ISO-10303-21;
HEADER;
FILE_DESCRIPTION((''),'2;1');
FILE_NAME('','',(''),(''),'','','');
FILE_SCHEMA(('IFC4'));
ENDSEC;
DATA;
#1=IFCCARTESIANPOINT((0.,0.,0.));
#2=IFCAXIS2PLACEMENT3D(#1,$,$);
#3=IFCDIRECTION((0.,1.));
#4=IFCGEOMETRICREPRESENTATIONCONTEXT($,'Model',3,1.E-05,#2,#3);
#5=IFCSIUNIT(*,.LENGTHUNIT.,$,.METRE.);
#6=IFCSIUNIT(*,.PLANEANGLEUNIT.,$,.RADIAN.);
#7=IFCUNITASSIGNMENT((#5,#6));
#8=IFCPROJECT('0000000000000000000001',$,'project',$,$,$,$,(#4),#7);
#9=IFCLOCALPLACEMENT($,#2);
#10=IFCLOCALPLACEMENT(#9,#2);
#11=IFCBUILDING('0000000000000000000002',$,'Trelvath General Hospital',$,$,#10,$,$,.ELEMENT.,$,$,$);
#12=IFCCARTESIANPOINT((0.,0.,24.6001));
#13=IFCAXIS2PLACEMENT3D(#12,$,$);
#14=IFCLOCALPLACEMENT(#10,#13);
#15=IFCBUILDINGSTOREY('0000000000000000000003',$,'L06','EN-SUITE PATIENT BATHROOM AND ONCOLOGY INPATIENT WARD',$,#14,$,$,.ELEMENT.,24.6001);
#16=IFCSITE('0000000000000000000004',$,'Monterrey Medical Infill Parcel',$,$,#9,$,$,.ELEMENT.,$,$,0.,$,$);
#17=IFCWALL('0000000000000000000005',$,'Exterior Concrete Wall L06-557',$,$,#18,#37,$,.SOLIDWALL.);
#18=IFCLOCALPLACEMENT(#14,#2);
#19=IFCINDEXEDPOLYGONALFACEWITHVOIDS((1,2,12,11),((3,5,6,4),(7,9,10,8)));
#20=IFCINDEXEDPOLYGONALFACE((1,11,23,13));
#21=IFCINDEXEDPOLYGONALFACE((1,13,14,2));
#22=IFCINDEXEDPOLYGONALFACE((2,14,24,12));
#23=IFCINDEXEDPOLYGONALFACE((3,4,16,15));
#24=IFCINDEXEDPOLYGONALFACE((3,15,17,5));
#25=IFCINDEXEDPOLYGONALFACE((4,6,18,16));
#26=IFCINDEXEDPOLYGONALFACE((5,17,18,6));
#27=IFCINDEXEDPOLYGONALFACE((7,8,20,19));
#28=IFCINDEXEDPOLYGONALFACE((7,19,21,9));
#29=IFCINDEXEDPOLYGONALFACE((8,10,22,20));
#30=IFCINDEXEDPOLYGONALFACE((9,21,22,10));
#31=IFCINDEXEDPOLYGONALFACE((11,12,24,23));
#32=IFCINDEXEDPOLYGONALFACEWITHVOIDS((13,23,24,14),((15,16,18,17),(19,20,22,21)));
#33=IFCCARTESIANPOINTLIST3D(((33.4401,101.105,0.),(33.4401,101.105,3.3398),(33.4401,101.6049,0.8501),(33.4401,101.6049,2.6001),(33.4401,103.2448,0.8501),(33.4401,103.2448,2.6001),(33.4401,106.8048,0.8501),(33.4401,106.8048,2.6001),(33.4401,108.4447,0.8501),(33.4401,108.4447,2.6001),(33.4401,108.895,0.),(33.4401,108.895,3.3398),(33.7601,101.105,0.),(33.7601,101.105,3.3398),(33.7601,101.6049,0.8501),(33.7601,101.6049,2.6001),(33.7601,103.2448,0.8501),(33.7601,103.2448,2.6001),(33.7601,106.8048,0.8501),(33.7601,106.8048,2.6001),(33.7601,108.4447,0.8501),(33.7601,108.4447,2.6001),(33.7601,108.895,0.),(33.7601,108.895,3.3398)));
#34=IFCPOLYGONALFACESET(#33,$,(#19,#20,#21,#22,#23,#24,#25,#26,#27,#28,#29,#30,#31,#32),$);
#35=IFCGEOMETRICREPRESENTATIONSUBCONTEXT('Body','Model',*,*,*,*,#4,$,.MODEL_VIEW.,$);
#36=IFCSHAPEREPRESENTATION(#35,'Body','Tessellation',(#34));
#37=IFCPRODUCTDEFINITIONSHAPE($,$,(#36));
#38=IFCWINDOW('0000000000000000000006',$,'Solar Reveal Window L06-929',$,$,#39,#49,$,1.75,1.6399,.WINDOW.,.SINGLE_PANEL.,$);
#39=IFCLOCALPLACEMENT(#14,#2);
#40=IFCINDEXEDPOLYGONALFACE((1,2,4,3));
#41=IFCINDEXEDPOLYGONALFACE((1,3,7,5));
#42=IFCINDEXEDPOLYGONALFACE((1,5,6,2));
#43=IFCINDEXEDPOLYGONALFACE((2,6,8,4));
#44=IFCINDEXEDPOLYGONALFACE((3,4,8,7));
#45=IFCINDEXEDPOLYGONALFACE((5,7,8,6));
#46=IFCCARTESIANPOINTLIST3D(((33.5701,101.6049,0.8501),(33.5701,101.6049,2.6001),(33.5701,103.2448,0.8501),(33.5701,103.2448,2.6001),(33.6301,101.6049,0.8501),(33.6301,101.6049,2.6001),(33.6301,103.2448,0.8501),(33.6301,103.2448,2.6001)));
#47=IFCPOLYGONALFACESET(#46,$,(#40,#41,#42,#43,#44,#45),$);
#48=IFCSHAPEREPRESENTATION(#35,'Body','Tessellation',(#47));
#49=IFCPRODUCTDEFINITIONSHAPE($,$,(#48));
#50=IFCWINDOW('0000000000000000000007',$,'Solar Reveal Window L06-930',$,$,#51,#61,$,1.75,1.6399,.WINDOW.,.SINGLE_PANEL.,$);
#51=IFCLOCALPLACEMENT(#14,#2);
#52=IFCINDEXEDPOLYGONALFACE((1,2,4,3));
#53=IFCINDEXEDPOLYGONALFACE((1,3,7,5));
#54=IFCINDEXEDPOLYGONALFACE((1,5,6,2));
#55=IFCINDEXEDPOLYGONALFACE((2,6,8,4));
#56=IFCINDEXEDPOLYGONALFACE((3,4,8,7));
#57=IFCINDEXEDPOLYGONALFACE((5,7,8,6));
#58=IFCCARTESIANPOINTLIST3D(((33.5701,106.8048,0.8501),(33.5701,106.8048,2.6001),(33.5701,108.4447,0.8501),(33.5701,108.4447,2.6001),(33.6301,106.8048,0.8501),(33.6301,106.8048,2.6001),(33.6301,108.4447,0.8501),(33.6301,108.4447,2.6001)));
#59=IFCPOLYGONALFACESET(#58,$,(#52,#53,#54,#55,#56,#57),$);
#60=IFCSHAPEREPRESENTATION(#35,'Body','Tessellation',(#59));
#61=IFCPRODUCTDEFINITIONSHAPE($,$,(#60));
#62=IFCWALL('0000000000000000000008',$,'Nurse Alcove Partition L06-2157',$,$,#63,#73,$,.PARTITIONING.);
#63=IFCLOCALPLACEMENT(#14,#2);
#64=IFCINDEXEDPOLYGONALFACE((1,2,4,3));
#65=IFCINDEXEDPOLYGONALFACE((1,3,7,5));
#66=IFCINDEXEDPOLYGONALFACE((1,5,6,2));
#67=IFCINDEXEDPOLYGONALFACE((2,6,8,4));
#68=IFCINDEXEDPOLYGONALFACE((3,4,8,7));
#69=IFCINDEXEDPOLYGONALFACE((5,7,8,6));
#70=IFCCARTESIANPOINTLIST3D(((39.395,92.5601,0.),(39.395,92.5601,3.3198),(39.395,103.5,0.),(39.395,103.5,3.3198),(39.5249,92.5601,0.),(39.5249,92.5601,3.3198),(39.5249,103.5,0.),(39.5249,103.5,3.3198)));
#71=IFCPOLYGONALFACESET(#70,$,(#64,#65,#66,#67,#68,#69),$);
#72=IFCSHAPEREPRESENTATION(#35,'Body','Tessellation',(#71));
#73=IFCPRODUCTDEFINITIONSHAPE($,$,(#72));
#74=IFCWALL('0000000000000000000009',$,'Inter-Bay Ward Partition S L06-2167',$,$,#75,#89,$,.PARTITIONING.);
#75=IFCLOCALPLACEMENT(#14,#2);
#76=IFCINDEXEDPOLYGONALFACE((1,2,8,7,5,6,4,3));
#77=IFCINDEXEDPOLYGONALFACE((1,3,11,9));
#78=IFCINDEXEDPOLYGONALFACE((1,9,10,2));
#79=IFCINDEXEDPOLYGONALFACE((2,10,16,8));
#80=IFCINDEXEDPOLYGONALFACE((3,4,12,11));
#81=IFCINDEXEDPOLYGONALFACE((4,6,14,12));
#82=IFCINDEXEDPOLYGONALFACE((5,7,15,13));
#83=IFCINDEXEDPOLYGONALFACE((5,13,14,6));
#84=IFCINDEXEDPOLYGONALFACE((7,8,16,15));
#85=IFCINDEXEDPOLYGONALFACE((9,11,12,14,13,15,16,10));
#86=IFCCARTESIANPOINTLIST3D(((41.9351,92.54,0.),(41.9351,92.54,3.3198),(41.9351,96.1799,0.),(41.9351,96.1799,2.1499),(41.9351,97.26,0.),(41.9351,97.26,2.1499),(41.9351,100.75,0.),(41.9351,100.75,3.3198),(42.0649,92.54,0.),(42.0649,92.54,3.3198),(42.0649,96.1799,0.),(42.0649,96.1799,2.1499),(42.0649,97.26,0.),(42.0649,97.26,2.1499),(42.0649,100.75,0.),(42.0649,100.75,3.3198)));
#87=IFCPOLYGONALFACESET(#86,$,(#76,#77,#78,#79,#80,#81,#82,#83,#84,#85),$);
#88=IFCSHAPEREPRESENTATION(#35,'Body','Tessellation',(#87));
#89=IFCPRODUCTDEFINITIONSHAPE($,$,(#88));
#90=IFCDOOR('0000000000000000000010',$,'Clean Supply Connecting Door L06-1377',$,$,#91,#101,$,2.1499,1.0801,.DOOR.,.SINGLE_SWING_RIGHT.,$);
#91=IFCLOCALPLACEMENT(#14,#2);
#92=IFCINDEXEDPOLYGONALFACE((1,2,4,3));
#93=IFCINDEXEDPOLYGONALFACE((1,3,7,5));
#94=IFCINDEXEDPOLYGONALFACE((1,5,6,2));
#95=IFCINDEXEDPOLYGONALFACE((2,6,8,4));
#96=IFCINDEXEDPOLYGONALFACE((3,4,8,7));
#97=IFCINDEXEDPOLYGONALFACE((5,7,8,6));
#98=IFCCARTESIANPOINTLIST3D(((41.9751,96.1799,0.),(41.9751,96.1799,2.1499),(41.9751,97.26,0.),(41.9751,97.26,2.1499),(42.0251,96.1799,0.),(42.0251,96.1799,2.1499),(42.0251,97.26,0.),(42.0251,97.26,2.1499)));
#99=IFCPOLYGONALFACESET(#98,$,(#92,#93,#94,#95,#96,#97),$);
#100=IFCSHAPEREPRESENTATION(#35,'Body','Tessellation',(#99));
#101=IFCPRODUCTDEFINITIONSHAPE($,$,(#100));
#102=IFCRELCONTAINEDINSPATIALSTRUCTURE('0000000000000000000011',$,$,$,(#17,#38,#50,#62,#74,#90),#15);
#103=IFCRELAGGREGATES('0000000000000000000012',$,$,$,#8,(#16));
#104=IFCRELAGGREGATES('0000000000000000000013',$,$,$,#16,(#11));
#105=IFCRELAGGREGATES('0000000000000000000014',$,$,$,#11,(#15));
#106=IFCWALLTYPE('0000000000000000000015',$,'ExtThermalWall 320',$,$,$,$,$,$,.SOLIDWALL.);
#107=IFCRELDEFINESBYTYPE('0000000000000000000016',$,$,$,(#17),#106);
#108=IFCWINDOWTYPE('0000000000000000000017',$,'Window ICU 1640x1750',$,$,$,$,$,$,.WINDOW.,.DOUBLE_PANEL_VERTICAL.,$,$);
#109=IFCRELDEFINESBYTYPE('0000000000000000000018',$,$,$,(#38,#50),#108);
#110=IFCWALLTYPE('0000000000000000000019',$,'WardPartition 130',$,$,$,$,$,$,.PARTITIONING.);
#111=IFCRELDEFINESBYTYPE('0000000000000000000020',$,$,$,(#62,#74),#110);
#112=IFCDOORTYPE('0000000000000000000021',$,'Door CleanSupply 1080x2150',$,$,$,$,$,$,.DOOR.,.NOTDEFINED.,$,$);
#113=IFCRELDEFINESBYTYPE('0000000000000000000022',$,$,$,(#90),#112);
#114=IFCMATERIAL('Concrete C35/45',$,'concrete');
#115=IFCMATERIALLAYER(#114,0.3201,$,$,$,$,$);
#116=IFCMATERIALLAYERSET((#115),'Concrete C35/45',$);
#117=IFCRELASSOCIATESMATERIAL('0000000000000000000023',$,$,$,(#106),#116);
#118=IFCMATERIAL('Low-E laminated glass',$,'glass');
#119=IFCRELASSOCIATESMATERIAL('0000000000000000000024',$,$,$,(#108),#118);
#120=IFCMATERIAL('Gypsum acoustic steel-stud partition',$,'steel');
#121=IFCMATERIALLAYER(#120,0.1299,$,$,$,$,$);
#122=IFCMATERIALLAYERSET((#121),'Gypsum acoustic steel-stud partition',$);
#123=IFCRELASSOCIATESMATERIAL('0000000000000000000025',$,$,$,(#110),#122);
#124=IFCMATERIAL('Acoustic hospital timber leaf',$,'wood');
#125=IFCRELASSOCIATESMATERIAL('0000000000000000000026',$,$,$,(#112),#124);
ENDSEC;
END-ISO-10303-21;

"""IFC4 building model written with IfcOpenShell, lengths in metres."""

from ifc_helpers import new_model, si_unit, direction, frame, frame_2d, origin, place, context, subcontext, project, spatial, rectangle, extrude, material, layer, layer_set, type_object, element, fill, save


model = new_model("IFC4")

# Units and contexts
model_context = context("Model", 3, precision=1e-05, world=origin(), true_north=direction((0.0, 1.0)))
body_context = subcontext(model_context, "Body", "Model", "MODEL_VIEW")
ifc_project = project(units=[si_unit("LENGTHUNIT", "METRE"), si_unit("PLANEANGLEUNIT", "RADIAN")], contexts=[model_context])

# Site, building, storey
site_placement = place(None, origin())
site = spatial("IfcSite", under=ifc_project, at=site_placement, Name="Monterrey Medical Infill Parcel", CompositionType="ELEMENT", RefElevation=0.0)
building_placement = place(site_placement, origin())
building = spatial("IfcBuilding", under=site, at=building_placement, Name="Trelvath General Hospital", CompositionType="ELEMENT")
storey_placement = place(building_placement, frame((0.0, 0.0, 24.6001)))
storey = spatial("IfcBuildingStorey", under=building, at=storey_placement, Name="L06", Description="EN-SUITE PATIENT BATHROOM AND ONCOLOGY INPATIENT WARD", CompositionType="ELEMENT", Elevation=24.6001)

# Wall, openings, windows
ifc_material_1 = material(Name="Concrete C35/45", Category="concrete")
ifc_layer_1 = layer(ifc_material_1, 0.3201)
ifc_layer_set_1 = layer_set([ifc_layer_1], Name="Concrete C35/45")
wall_type_1 = type_object("IfcWallType", Name="ExtThermalWall 320", PredefinedType="SOLIDWALL", material=ifc_layer_set_1)
wall_1_placement = place(storey_placement, frame((33.6001, 101.105, 0.0), z_axis=(0.0, 0.0, 1.0), x_axis=(0.0, 1.0, 0.0)))
wall_1 = element("IfcWall", 1, at=wall_1_placement, inside=storey, type_object=wall_type_1, Name="Exterior Concrete Wall L06-557", PredefinedType="SOLIDWALL", context=body_context, shape_type="SweptSolid", body=[
    extrude(rectangle(XDim=7.79, YDim=0.3201, at=frame_2d((3.895, 0.0))), origin(), (0.0, 0.0, 1.0), 3.3398),
])
opening_1_placement = place(wall_1_placement, frame((0.5, 0.0, 0.8501)))
opening_1 = element("IfcOpeningElement", 2, at=opening_1_placement, cuts=wall_1, PredefinedType="OPENING", context=body_context, shape_type="SweptSolid", body=[
    extrude(rectangle(XDim=1.6399, YDim=1.75, at=frame_2d((0.8198, 0.875))), frame((0.0, 0.1699, 0.0), z_axis=(0.0, -1.0, 0.0), x_axis=(1.0, 0.0, 0.0)), (0.0, 0.0, 1.0), 0.3401),
])
opening_2_placement = place(wall_1_placement, frame((5.7, 0.0, 0.8501)))
opening_2 = element("IfcOpeningElement", 3, at=opening_2_placement, cuts=wall_1, PredefinedType="OPENING", context=body_context, shape_type="SweptSolid", body=[
    extrude(rectangle(XDim=1.6399, YDim=1.75, at=frame_2d((0.8198, 0.875))), frame((0.0, 0.1699, 0.0), z_axis=(0.0, -1.0, 0.0), x_axis=(1.0, 0.0, 0.0)), (0.0, 0.0, 1.0), 0.3401),
])
ifc_material_2 = material(Name="Low-E laminated glass", Category="glass")
window_type_1 = type_object("IfcWindowType", Name="Window ICU 1640x1750", PartitioningType="DOUBLE_PANEL_VERTICAL", PredefinedType="WINDOW", material=ifc_material_2)
window_1_placement = place(opening_1_placement, origin())
window_1 = element("IfcWindow", 4, at=window_1_placement, inside=storey, type_object=window_type_1, Name="Solar Reveal Window L06-929", OverallHeight=1.75, OverallWidth=1.6399, PartitioningType="SINGLE_PANEL", PredefinedType="WINDOW", context=body_context, shape_type="SweptSolid", body=[
    extrude(rectangle(XDim=1.6399, YDim=1.75, at=frame_2d((0.8198, 0.875))), frame((0.0, 0.03, 0.0), z_axis=(0.0, -1.0, 0.0), x_axis=(1.0, 0.0, 0.0)), (0.0, 0.0, 1.0), 0.0601),
])
fill(opening_1, window_1)
window_2_placement = place(opening_2_placement, origin())
window_2 = element("IfcWindow", 5, at=window_2_placement, inside=storey, type_object=window_type_1, Name="Solar Reveal Window L06-930", OverallHeight=1.75, OverallWidth=1.6399, PartitioningType="SINGLE_PANEL", PredefinedType="WINDOW", context=body_context, shape_type="SweptSolid", body=[
    extrude(rectangle(XDim=1.6399, YDim=1.75, at=frame_2d((0.8198, 0.875))), frame((0.0, 0.03, 0.0), z_axis=(0.0, -1.0, 0.0), x_axis=(1.0, 0.0, 0.0)), (0.0, 0.0, 1.0), 0.0601),
])
fill(opening_2, window_2)

# Wall
ifc_material_3 = material(Name="Gypsum acoustic steel-stud partition", Category="steel")
ifc_layer_2 = layer(ifc_material_3, 0.1299)
ifc_layer_set_2 = layer_set([ifc_layer_2], Name="Gypsum acoustic steel-stud partition")
wall_type_2 = type_object("IfcWallType", Name="WardPartition 130", PredefinedType="PARTITIONING", material=ifc_layer_set_2)
wall_2_placement = place(storey_placement, frame((39.46, 92.5601, 0.0), z_axis=(0.0, 0.0, 1.0), x_axis=(0.0, 1.0, 0.0)))
element("IfcWall", 6, at=wall_2_placement, inside=storey, type_object=wall_type_2, Name="Nurse Alcove Partition L06-2157", PredefinedType="PARTITIONING", context=body_context, shape_type="SweptSolid", body=[
    extrude(rectangle(XDim=10.9399, YDim=0.1299, at=frame_2d((5.47, 0.0))), origin(), (0.0, 0.0, 1.0), 3.3198),
])

# Wall, opening, door
wall_3_placement = place(storey_placement, frame((42.0, 92.54, 0.0), z_axis=(0.0, 0.0, 1.0), x_axis=(0.0, 1.0, 0.0)))
wall_3 = element("IfcWall", 7, at=wall_3_placement, inside=storey, type_object=wall_type_2, Name="Inter-Bay Ward Partition S L06-2167", PredefinedType="PARTITIONING", context=body_context, shape_type="SweptSolid", body=[
    extrude(rectangle(XDim=8.21, YDim=0.1299, at=frame_2d((4.105, 0.0))), origin(), (0.0, 0.0, 1.0), 3.3198),
])
opening_3_placement = place(wall_3_placement, frame((3.6399, 0.0, 0.0)))
opening_3 = element("IfcOpeningElement", 8, at=opening_3_placement, cuts=wall_3, PredefinedType="OPENING", context=body_context, shape_type="SweptSolid", body=[
    extrude(rectangle(XDim=1.0801, YDim=2.1499, at=frame_2d((0.54, 1.075))), frame((0.0, 0.075, 0.0), z_axis=(0.0, -1.0, 0.0), x_axis=(1.0, 0.0, 0.0)), (0.0, 0.0, 1.0), 0.1499),
])
ifc_material_4 = material(Name="Acoustic hospital timber leaf", Category="wood")
door_type = type_object("IfcDoorType", Name="Door CleanSupply 1080x2150", OperationType="NOTDEFINED", PredefinedType="DOOR", material=ifc_material_4)
door_placement = place(opening_3_placement, origin())
door = element("IfcDoor", 9, at=door_placement, inside=storey, type_object=door_type, Name="Clean Supply Connecting Door L06-1377", OperationType="SINGLE_SWING_RIGHT", OverallHeight=2.1499, OverallWidth=1.0801, PredefinedType="DOOR", context=body_context, shape_type="SweptSolid", body=[
    extrude(rectangle(XDim=1.0801, YDim=2.1499, at=frame_2d((0.54, 1.075))), frame((0.0, 0.0249, 0.0), z_axis=(0.0, -1.0, 0.0), x_axis=(1.0, 0.0, 0.0)), (0.0, 0.0, 1.0), 0.05),
])
fill(opening_3, door)

save(model, "model.ifc")
